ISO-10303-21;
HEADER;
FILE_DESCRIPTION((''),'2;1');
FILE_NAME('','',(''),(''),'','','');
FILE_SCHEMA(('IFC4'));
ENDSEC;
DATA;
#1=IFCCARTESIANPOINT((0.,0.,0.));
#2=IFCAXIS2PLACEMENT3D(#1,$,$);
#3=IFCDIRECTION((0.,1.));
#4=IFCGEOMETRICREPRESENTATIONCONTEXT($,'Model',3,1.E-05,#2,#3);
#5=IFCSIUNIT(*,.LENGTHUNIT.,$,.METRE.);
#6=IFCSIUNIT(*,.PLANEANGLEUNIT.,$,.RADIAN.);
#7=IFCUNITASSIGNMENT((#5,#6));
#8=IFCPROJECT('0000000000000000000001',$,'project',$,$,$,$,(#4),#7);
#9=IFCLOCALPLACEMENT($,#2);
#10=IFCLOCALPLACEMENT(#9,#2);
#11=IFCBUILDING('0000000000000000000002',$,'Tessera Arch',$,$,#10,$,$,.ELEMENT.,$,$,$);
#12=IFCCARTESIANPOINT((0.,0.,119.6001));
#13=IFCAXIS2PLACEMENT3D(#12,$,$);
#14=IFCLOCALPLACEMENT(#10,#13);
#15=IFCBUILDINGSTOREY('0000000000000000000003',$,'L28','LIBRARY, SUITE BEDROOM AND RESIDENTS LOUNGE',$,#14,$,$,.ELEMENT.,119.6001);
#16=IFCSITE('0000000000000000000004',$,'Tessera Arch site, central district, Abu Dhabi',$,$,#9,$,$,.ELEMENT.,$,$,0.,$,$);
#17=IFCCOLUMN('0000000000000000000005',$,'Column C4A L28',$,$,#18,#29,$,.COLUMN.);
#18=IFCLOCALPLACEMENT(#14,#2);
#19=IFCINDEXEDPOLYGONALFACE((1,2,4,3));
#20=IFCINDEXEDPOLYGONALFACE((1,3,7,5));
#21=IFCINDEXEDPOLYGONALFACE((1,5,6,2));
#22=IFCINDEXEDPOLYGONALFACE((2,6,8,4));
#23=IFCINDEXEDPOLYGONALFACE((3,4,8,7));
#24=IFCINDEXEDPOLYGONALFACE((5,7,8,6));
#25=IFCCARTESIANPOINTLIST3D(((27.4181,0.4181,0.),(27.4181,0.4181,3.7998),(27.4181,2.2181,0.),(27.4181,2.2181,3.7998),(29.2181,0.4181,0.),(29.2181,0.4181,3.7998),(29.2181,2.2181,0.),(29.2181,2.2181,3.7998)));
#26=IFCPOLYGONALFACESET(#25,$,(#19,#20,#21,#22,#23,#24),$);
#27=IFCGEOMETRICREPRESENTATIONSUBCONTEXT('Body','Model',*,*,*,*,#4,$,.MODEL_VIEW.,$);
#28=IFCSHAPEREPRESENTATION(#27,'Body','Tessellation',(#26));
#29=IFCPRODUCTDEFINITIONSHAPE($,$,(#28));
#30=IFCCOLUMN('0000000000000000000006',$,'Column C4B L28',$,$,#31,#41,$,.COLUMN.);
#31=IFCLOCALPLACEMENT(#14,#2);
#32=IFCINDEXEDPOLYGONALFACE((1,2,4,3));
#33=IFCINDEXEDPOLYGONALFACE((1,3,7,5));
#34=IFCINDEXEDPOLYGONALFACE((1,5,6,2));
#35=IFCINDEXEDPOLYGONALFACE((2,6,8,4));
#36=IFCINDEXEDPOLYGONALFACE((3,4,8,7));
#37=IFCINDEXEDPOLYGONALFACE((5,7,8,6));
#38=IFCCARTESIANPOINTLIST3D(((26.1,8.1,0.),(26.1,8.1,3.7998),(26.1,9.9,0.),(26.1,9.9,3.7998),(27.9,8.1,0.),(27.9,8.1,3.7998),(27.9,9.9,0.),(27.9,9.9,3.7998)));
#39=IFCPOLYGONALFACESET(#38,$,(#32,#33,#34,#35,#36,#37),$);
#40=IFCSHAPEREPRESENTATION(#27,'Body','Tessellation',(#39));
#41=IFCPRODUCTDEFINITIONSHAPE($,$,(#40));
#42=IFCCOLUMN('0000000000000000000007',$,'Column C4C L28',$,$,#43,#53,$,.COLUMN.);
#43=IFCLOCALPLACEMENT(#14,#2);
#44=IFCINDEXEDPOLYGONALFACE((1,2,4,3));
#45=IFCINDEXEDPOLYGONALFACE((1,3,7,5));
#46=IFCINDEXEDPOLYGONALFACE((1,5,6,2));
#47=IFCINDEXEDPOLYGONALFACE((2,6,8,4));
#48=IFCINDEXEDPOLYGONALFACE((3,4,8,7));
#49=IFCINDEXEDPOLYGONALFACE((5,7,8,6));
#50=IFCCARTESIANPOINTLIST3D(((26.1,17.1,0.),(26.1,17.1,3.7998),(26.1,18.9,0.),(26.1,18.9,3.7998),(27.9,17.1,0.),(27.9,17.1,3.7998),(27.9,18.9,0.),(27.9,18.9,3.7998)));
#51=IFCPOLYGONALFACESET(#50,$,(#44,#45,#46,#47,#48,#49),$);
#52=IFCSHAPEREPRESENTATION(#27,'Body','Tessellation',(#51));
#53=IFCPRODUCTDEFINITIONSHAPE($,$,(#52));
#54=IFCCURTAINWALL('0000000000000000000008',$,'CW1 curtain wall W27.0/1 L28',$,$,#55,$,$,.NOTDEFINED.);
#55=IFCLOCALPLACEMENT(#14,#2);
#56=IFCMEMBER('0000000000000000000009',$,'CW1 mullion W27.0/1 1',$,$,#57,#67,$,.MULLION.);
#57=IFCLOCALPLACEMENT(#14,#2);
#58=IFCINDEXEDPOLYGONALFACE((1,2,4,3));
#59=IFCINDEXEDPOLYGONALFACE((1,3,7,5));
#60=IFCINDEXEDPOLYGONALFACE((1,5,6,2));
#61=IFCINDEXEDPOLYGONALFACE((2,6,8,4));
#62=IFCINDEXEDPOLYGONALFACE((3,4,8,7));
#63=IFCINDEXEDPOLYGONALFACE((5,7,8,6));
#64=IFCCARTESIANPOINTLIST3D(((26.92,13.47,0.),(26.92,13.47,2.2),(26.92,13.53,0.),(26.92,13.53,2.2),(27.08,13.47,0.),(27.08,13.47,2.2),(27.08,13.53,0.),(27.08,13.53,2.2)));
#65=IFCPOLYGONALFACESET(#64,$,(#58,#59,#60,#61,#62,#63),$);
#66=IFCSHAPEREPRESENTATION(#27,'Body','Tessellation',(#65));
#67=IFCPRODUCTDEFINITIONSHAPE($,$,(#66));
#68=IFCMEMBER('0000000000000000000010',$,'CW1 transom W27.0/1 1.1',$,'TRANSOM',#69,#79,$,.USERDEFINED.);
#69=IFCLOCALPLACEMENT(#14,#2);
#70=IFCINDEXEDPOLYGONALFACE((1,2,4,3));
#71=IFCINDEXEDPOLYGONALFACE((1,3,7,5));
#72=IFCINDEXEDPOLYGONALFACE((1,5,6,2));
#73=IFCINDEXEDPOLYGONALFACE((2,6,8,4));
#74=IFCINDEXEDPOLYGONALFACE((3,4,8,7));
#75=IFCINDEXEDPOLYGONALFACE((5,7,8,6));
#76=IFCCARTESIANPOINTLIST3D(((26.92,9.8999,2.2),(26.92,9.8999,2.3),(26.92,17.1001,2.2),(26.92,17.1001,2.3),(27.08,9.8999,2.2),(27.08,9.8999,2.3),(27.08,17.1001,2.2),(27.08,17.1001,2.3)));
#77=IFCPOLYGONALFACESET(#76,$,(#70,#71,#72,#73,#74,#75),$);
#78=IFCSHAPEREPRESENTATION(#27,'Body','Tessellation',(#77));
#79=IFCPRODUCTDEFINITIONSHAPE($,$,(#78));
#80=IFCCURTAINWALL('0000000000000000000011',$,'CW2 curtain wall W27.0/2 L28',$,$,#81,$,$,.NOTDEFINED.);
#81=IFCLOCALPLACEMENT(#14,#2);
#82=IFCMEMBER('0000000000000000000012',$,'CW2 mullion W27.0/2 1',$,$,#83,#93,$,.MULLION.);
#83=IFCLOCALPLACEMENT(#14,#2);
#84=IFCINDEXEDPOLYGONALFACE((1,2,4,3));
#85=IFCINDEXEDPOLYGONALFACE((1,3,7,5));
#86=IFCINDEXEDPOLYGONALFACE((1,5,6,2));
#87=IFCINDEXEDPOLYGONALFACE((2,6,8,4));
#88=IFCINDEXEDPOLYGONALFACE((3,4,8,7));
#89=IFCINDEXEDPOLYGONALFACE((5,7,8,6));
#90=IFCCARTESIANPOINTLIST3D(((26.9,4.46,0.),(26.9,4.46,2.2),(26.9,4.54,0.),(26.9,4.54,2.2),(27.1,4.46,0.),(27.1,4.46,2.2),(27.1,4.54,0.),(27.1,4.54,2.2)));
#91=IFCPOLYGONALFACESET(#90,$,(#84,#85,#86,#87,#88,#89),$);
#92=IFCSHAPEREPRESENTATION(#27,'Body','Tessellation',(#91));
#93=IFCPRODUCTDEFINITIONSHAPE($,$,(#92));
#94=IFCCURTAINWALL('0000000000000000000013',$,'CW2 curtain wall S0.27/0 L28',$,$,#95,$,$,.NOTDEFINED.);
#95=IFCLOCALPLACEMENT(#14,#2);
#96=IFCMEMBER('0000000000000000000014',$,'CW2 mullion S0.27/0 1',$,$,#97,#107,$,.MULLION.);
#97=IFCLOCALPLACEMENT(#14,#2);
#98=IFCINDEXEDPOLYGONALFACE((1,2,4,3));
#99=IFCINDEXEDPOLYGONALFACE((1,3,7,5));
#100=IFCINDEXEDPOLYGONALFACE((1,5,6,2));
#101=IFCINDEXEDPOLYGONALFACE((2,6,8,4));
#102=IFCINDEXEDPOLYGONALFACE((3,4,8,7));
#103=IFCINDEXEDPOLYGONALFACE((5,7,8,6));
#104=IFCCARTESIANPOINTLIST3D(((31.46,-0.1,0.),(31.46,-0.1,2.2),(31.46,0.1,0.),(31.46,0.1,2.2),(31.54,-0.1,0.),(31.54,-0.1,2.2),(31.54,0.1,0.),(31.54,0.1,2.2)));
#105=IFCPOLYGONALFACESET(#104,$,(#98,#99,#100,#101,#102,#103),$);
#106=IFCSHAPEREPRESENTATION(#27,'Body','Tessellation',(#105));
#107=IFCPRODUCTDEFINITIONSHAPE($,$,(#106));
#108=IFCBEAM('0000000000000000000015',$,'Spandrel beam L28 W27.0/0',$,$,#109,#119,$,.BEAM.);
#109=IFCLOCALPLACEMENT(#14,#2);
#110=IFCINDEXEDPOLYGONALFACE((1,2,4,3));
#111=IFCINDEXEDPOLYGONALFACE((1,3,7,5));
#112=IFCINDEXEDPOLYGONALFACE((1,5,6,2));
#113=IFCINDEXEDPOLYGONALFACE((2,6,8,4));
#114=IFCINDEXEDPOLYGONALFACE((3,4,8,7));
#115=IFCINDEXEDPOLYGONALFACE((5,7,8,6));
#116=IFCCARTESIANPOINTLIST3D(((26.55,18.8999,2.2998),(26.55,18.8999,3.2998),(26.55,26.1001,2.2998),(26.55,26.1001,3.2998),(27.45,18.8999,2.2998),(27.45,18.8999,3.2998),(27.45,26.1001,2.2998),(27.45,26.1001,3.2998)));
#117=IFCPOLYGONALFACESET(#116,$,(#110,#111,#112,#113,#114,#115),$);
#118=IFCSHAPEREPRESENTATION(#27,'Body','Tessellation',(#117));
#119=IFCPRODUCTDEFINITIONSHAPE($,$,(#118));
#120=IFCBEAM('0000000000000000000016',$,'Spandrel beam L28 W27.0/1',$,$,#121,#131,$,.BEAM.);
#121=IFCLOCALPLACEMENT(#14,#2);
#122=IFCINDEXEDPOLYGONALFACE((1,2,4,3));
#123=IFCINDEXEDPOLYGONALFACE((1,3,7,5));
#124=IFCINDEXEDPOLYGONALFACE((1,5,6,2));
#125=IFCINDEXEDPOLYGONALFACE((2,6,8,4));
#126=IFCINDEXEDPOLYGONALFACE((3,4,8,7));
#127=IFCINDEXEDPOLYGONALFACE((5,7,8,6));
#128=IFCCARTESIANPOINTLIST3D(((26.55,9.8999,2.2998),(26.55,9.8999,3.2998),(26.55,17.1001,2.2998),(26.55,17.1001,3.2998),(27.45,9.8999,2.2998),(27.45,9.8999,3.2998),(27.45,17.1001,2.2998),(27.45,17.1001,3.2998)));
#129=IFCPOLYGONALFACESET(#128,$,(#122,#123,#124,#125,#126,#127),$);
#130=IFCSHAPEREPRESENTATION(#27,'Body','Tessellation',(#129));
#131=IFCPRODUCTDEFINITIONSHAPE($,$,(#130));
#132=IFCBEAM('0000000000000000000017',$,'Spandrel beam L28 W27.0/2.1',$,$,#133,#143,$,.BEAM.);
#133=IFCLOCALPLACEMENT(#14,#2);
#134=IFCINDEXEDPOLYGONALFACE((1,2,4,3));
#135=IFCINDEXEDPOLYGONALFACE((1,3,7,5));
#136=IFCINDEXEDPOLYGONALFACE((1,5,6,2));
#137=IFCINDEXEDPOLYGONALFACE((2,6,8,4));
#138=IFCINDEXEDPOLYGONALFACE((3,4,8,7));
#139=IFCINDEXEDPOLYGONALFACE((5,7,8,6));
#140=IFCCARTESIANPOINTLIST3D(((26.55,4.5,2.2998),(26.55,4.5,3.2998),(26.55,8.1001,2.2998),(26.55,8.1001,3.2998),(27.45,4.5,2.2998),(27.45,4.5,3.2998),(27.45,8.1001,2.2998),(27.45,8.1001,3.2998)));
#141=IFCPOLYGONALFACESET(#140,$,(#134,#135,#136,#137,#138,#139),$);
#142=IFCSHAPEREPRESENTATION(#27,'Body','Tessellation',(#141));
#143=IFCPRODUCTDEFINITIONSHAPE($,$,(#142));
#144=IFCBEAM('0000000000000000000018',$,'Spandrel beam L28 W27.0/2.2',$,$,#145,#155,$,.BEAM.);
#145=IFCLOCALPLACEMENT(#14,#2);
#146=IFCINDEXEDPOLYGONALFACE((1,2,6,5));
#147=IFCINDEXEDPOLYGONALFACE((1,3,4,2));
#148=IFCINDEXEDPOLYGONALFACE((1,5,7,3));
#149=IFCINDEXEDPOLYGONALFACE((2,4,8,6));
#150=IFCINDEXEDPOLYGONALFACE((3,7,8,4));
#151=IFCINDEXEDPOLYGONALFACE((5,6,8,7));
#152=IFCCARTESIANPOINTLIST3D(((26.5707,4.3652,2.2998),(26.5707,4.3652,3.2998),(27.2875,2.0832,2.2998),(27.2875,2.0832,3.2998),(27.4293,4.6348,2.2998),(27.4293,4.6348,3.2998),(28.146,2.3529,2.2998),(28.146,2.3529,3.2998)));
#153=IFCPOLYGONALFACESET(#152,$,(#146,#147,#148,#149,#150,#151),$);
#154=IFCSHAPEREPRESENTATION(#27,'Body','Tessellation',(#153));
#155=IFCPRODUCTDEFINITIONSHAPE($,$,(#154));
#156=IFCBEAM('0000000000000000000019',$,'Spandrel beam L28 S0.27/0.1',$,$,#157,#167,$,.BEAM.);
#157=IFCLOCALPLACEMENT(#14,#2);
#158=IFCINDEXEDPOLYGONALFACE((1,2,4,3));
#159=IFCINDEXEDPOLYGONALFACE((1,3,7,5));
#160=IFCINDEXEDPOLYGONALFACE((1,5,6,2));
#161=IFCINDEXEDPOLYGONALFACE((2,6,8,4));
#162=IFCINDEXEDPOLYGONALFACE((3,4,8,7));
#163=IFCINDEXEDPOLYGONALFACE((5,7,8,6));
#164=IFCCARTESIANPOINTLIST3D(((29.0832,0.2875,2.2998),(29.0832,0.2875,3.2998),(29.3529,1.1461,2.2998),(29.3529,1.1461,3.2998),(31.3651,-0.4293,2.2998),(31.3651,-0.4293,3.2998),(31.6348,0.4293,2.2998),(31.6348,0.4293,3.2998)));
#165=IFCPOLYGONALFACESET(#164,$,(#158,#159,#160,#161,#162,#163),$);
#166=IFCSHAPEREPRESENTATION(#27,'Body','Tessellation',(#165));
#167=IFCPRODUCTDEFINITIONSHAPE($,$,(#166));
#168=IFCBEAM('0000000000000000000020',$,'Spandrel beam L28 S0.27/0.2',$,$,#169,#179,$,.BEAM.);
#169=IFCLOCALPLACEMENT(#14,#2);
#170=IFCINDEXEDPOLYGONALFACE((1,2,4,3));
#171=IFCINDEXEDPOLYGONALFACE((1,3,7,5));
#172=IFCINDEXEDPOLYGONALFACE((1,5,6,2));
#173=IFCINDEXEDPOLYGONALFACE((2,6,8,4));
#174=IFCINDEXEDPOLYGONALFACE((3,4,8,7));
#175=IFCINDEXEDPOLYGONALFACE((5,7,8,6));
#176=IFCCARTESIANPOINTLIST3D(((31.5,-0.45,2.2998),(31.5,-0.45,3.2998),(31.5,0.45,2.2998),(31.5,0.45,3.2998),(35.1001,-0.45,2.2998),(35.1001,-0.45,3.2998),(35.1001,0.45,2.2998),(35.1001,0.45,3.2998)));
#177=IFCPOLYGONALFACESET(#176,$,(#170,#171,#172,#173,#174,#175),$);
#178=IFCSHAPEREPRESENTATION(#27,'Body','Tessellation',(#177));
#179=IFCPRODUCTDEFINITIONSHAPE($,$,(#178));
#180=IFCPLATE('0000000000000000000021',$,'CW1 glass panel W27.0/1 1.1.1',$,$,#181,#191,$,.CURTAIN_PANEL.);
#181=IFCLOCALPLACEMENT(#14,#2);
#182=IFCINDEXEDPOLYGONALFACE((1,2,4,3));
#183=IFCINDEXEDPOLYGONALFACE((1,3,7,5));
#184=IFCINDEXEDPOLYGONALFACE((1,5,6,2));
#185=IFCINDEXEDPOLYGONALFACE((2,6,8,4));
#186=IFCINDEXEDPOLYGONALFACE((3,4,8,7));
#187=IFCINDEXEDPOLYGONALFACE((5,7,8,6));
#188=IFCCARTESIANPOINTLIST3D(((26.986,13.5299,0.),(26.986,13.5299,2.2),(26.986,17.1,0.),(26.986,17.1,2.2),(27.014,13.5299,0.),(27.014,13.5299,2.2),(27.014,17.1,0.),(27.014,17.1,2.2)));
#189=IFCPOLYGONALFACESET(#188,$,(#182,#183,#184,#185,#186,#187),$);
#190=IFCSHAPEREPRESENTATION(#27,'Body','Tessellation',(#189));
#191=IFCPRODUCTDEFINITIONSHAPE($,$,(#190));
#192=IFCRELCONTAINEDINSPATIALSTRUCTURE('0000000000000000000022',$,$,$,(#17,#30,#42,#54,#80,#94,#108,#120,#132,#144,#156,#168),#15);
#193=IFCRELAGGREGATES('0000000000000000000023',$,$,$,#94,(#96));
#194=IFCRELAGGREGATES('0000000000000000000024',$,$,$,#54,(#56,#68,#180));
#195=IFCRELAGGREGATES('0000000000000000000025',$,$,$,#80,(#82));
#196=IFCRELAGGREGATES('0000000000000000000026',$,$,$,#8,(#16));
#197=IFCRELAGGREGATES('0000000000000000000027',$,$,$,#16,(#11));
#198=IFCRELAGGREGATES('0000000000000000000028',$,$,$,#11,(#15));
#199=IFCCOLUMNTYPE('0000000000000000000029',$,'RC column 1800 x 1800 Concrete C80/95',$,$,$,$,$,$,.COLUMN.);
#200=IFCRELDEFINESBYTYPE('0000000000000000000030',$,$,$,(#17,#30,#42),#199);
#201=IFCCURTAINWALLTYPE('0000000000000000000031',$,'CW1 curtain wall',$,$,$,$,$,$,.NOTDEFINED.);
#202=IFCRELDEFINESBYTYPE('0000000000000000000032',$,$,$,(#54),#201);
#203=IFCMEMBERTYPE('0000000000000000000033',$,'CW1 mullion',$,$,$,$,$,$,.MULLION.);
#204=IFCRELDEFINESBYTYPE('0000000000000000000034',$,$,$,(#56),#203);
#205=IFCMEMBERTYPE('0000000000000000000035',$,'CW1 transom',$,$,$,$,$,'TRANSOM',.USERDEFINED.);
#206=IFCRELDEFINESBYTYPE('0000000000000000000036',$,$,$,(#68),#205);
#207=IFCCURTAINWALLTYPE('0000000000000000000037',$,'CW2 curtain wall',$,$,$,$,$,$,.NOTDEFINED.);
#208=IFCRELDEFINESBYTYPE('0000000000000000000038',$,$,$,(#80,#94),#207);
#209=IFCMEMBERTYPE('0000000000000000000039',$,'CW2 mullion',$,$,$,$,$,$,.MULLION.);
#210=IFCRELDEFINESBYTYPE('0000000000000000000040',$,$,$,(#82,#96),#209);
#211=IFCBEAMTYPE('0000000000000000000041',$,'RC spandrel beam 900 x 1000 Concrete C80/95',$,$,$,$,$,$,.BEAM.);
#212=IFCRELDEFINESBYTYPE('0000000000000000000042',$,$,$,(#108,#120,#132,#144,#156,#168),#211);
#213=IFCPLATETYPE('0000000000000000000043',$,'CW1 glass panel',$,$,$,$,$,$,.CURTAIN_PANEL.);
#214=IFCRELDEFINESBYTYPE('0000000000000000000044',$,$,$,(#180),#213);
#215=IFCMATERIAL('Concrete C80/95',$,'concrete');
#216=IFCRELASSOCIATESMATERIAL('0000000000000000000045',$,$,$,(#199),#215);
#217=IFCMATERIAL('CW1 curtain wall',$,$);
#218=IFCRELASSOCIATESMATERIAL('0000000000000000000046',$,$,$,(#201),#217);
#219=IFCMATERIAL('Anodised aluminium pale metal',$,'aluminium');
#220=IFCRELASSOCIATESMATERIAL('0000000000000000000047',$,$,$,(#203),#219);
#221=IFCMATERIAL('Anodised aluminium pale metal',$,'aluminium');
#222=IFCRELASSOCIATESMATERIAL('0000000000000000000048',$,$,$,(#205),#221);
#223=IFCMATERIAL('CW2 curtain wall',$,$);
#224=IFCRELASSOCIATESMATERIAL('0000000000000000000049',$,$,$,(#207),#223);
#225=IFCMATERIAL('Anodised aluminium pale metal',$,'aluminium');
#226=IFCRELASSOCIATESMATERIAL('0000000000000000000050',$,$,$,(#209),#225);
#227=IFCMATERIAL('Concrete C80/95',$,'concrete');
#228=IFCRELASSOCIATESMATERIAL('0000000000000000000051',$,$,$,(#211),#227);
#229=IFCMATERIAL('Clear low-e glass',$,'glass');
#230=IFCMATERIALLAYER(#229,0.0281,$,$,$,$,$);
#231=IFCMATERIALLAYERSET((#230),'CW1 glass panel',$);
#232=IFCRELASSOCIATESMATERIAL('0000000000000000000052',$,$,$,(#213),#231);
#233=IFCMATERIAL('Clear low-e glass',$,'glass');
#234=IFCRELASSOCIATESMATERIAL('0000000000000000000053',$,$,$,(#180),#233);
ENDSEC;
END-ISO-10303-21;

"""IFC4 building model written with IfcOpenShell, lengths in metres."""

from ifc_helpers import new_model, si_unit, direction, frame, origin, origin_2d, place, context, subcontext, project, spatial, rectangle, extrude, material, layer, layer_set, material_profile, profile_set, type_object, element, aggregate, save


model = new_model("IFC4")

# Units and contexts
model_context = context("Model", 3, precision=1e-05, world=origin(), true_north=direction((0.0, 1.0)))
body_context = subcontext(model_context, "Body", "Model", "MODEL_VIEW")
ifc_project = project(units=[si_unit("LENGTHUNIT", "METRE"), si_unit("PLANEANGLEUNIT", "RADIAN")], contexts=[model_context])

# Site, building, storey
site_placement = place(None, origin())
site = spatial("IfcSite", under=ifc_project, at=site_placement, Name="Tessera Arch site, central district, Abu Dhabi", CompositionType="ELEMENT", RefElevation=0.0)
building_placement = place(site_placement, origin())
building = spatial("IfcBuilding", under=site, at=building_placement, Name="Tessera Arch", CompositionType="ELEMENT")
storey_placement = place(building_placement, frame((0.0, 0.0, 119.6001)))
storey = spatial("IfcBuildingStorey", under=building, at=storey_placement, Name="L28", Description="LIBRARY, SUITE BEDROOM AND RESIDENTS LOUNGE", CompositionType="ELEMENT", Elevation=119.6001)

# Columns
ifc_material_1 = material(Name="Concrete C80/95", Category="concrete")
ifc_material_profile_1 = material_profile(ifc_material_1, rectangle(XDim=1.8, YDim=1.8, at=origin_2d()), Name="RC column 1800 x 1800 Concrete C80/95")
ifc_profile_set_1 = profile_set([ifc_material_profile_1], Name="Concrete C80/95")
column_type = type_object("IfcColumnType", Name="RC column 1800 x 1800 Concrete C80/95", PredefinedType="COLUMN", material=ifc_profile_set_1)
for number, where, z_axis, x_axis, name in (
    (1, (28.3181, 1.3181, 0.0), (0.0, 0.0, 1.0), (1.0, 0.0, 0.0), "Column C4A L28"),
    (2, (27.0, 9.0, 0.0), (0.0, 0.0, 1.0), (1.0, 0.0, 0.0), "Column C4B L28"),
    (3, (27.0, 18.0, 0.0), (0.0, 0.0, 1.0), (1.0, 0.0, 0.0), "Column C4C L28"),
):
    element("IfcColumn", number, at=place(storey_placement, frame(where, z_axis=z_axis, x_axis=x_axis)), inside=storey, type_object=column_type, Name=name, PredefinedType="COLUMN", context=body_context, shape_type="SweptSolid", body=[
        extrude(rectangle(XDim=1.8, YDim=1.8, at=origin_2d()), origin(), (0.0, 0.0, 1.0), 3.7998),
    ])

# Curtain wall, members
ifc_material_2 = material(Name="CW1 curtain wall")
curtain_wall_type_1 = type_object("IfcCurtainWallType", Name="CW1 curtain wall", PredefinedType="NOTDEFINED", material=ifc_material_2)
curtain_wall_1_placement = place(storey_placement, origin())
curtain_wall_1 = element("IfcCurtainWall", 4, at=curtain_wall_1_placement, inside=storey, type_object=curtain_wall_type_1, Name="CW1 curtain wall W27.0/1 L28", PredefinedType="NOTDEFINED")
ifc_material_3 = material(Name="Anodised aluminium pale metal", Category="aluminium")
ifc_material_profile_2 = material_profile(ifc_material_3, rectangle(XDim=0.1599, YDim=0.0601, at=origin_2d()), Name="AL 60x160")
ifc_profile_set_2 = profile_set([ifc_material_profile_2], Name="Anodised aluminium pale metal")
member_type_1 = type_object("IfcMemberType", Name="CW1 mullion", PredefinedType="MULLION", material=ifc_profile_set_2)
member_1_placement = place(storey_placement, frame((27.0, 13.5, 0.0), z_axis=(0.0, 0.0, 1.0), x_axis=(1.0, 0.0, 0.0)))
member_1 = element("IfcMember", 5, at=member_1_placement, type_object=member_type_1, Name="CW1 mullion W27.0/1 1", PredefinedType="MULLION", context=body_context, shape_type="SweptSolid", body=[
    extrude(rectangle(XDim=0.1599, YDim=0.0601, at=origin_2d()), origin(), (0.0, 0.0, 1.0), 2.2),
])
ifc_material_4 = material(Name="Anodised aluminium pale metal", Category="aluminium")
ifc_material_profile_3 = material_profile(ifc_material_4, rectangle(XDim=0.1599, YDim=0.1001, at=origin_2d()), Name="AL 160x100")
ifc_profile_set_3 = profile_set([ifc_material_profile_3], Name="Anodised aluminium pale metal")
member_type_2 = type_object("IfcMemberType", Name="CW1 transom", ElementType="TRANSOM", PredefinedType="USERDEFINED", material=ifc_profile_set_3)
member_2_placement = place(storey_placement, frame((27.0, 17.1001, 2.25), z_axis=(0.0, -1.0, 0.0), x_axis=(1.0, 0.0, 0.0)))
member_2 = element("IfcMember", 6, at=member_2_placement, type_object=member_type_2, Name="CW1 transom W27.0/1 1.1", ObjectType="TRANSOM", PredefinedType="USERDEFINED", context=body_context, shape_type="SweptSolid", body=[
    extrude(rectangle(XDim=0.1599, YDim=0.1001, at=origin_2d()), origin(), (0.0, 0.0, 1.0), 7.2002),
])

# Curtain walls, members
ifc_material_5 = material(Name="CW2 curtain wall")
curtain_wall_type_2 = type_object("IfcCurtainWallType", Name="CW2 curtain wall", PredefinedType="NOTDEFINED", material=ifc_material_5)
curtain_wall_2_placement = place(storey_placement, origin())
curtain_wall_2 = element("IfcCurtainWall", 7, at=curtain_wall_2_placement, inside=storey, type_object=curtain_wall_type_2, Name="CW2 curtain wall W27.0/2 L28", PredefinedType="NOTDEFINED")
ifc_material_6 = material(Name="Anodised aluminium pale metal", Category="aluminium")
ifc_material_profile_4 = material_profile(ifc_material_6, rectangle(XDim=0.2, YDim=0.0801, at=origin_2d()), Name="AL 80x200")
ifc_profile_set_4 = profile_set([ifc_material_profile_4], Name="Anodised aluminium pale metal")
member_type_3 = type_object("IfcMemberType", Name="CW2 mullion", PredefinedType="MULLION", material=ifc_profile_set_4)
member_3_placement = place(storey_placement, frame((27.0, 4.5, 0.0), z_axis=(0.0, 0.0, 1.0), x_axis=(1.0, 0.0, 0.0)))
member_3 = element("IfcMember", 8, at=member_3_placement, type_object=member_type_3, Name="CW2 mullion W27.0/2 1", PredefinedType="MULLION", context=body_context, shape_type="SweptSolid", body=[
    extrude(rectangle(XDim=0.2, YDim=0.0801, at=origin_2d()), origin(), (0.0, 0.0, 1.0), 2.2),
])
curtain_wall_3_placement = place(storey_placement, origin())
curtain_wall_3 = element("IfcCurtainWall", 9, at=curtain_wall_3_placement, inside=storey, type_object=curtain_wall_type_2, Name="CW2 curtain wall S0.27/0 L28", PredefinedType="NOTDEFINED")
member_4_placement = place(storey_placement, frame((31.5, 0.0, 0.0), z_axis=(0.0, 0.0, 1.0), x_axis=(0.0, 1.0, 0.0)))
member_4 = element("IfcMember", 10, at=member_4_placement, type_object=member_type_3, Name="CW2 mullion S0.27/0 1", PredefinedType="MULLION", context=body_context, shape_type="SweptSolid", body=[
    extrude(rectangle(XDim=0.2, YDim=0.0801, at=origin_2d()), origin(), (0.0, 0.0, 1.0), 2.2),
])
aggregate(curtain_wall_3, [member_4])

# Beams
ifc_material_7 = material(Name="Concrete C80/95", Category="concrete")
ifc_material_profile_5 = material_profile(ifc_material_7, rectangle(XDim=0.8999, YDim=1.0, at=origin_2d()), Name="RC spandrel beam 900 x 1000 Concrete C80/95")
ifc_profile_set_5 = profile_set([ifc_material_profile_5], Name="Concrete C80/95")
beam_type = type_object("IfcBeamType", Name="RC spandrel beam 900 x 1000 Concrete C80/95", PredefinedType="BEAM", material=ifc_profile_set_5)
for number, where, z_axis, x_axis, name in (
    (11, (27.0, 26.1001, 2.7998), (0.0, -1.0, 0.0), (1.0, 0.0, 0.0), "Spandrel beam L28 W27.0/0"),
    (12, (27.0, 17.1001, 2.7998), (0.0, -1.0, 0.0), (1.0, 0.0, 0.0), "Spandrel beam L28 W27.0/1"),
):
    element("IfcBeam", number, at=place(storey_placement, frame(where, z_axis=z_axis, x_axis=x_axis)), inside=storey, type_object=beam_type, Name=name, PredefinedType="BEAM", context=body_context, shape_type="SweptSolid", body=[
        extrude(rectangle(XDim=0.8999, YDim=1.0, at=origin_2d()), origin(), (0.0, 0.0, 1.0), 7.2002),
    ])
beam_1_placement = place(storey_placement, frame((27.0, 8.1001, 2.7998), z_axis=(0.0, -1.0, 0.0), x_axis=(1.0, 0.0, 0.0)))
element("IfcBeam", 13, at=beam_1_placement, inside=storey, type_object=beam_type, Name="Spandrel beam L28 W27.0/2.1", PredefinedType="BEAM", context=body_context, shape_type="SweptSolid", body=[
    extrude(rectangle(XDim=0.8999, YDim=1.0, at=origin_2d()), origin(), (0.0, 0.0, 1.0), 3.6001),
])
for number, where, z_axis, x_axis, name in (
    (14, (27.0, 4.5, 2.7998), (0.299675, -0.954041, 0.0), (0.954041, 0.299675, 0.0), "Spandrel beam L28 W27.0/2.2"),
    (15, (29.218, 0.7168, 2.7998), (0.954041, -0.299675, 0.0), (0.299675, 0.954041, 0.0), "Spandrel beam L28 S0.27/0.1"),
):
    element("IfcBeam", number, at=place(storey_placement, frame(where, z_axis=z_axis, x_axis=x_axis)), inside=storey, type_object=beam_type, Name=name, PredefinedType="BEAM", context=body_context, shape_type="SweptSolid", body=[
        extrude(rectangle(XDim=0.8999, YDim=1.0, at=origin_2d()), origin(), (0.0, 0.0, 1.0), 2.3918),
    ])
beam_2_placement = place(storey_placement, frame((31.5, 0.0, 2.7998), z_axis=(1.0, 0.0, 0.0), x_axis=(0.0, 1.0, 0.0)))
element("IfcBeam", 16, at=beam_2_placement, inside=storey, type_object=beam_type, Name="Spandrel beam L28 S0.27/0.2", PredefinedType="BEAM", context=body_context, shape_type="SweptSolid", body=[
    extrude(rectangle(XDim=0.8999, YDim=1.0, at=origin_2d()), origin(), (0.0, 0.0, 1.0), 3.6001),
])

# Plate
ifc_material_8 = material(Name="Clear low-e glass", Category="glass")
ifc_material_9 = material(Name="Clear low-e glass", Category="glass")
ifc_layer_1 = layer(ifc_material_9, 0.0281)
ifc_layer_set_1 = layer_set([ifc_layer_1], Name="CW1 glass panel")
plate_type_1 = type_object("IfcPlateType", Name="CW1 glass panel", PredefinedType="CURTAIN_PANEL", material=ifc_layer_set_1)
plate_1_placement = place(storey_placement, frame((27.0, 15.3149, 0.0), z_axis=(0.0, 0.0, 1.0), x_axis=(0.0, -1.0, 0.0)))
plate_1 = element("IfcPlate", 17, at=plate_1_placement, type_object=plate_type_1, material=ifc_material_8, Name="CW1 glass panel W27.0/1 1.1.1", PredefinedType="CURTAIN_PANEL", context=body_context, shape_type="SweptSolid", body=[
    extrude(rectangle(XDim=3.5701, YDim=0.0281, at=origin_2d()), origin(), (0.0, 0.0, 1.0), 2.2),
])
aggregate(curtain_wall_1, [member_1, member_2, plate_1])
aggregate(curtain_wall_2, [member_3])

save(model, "model.ifc")
